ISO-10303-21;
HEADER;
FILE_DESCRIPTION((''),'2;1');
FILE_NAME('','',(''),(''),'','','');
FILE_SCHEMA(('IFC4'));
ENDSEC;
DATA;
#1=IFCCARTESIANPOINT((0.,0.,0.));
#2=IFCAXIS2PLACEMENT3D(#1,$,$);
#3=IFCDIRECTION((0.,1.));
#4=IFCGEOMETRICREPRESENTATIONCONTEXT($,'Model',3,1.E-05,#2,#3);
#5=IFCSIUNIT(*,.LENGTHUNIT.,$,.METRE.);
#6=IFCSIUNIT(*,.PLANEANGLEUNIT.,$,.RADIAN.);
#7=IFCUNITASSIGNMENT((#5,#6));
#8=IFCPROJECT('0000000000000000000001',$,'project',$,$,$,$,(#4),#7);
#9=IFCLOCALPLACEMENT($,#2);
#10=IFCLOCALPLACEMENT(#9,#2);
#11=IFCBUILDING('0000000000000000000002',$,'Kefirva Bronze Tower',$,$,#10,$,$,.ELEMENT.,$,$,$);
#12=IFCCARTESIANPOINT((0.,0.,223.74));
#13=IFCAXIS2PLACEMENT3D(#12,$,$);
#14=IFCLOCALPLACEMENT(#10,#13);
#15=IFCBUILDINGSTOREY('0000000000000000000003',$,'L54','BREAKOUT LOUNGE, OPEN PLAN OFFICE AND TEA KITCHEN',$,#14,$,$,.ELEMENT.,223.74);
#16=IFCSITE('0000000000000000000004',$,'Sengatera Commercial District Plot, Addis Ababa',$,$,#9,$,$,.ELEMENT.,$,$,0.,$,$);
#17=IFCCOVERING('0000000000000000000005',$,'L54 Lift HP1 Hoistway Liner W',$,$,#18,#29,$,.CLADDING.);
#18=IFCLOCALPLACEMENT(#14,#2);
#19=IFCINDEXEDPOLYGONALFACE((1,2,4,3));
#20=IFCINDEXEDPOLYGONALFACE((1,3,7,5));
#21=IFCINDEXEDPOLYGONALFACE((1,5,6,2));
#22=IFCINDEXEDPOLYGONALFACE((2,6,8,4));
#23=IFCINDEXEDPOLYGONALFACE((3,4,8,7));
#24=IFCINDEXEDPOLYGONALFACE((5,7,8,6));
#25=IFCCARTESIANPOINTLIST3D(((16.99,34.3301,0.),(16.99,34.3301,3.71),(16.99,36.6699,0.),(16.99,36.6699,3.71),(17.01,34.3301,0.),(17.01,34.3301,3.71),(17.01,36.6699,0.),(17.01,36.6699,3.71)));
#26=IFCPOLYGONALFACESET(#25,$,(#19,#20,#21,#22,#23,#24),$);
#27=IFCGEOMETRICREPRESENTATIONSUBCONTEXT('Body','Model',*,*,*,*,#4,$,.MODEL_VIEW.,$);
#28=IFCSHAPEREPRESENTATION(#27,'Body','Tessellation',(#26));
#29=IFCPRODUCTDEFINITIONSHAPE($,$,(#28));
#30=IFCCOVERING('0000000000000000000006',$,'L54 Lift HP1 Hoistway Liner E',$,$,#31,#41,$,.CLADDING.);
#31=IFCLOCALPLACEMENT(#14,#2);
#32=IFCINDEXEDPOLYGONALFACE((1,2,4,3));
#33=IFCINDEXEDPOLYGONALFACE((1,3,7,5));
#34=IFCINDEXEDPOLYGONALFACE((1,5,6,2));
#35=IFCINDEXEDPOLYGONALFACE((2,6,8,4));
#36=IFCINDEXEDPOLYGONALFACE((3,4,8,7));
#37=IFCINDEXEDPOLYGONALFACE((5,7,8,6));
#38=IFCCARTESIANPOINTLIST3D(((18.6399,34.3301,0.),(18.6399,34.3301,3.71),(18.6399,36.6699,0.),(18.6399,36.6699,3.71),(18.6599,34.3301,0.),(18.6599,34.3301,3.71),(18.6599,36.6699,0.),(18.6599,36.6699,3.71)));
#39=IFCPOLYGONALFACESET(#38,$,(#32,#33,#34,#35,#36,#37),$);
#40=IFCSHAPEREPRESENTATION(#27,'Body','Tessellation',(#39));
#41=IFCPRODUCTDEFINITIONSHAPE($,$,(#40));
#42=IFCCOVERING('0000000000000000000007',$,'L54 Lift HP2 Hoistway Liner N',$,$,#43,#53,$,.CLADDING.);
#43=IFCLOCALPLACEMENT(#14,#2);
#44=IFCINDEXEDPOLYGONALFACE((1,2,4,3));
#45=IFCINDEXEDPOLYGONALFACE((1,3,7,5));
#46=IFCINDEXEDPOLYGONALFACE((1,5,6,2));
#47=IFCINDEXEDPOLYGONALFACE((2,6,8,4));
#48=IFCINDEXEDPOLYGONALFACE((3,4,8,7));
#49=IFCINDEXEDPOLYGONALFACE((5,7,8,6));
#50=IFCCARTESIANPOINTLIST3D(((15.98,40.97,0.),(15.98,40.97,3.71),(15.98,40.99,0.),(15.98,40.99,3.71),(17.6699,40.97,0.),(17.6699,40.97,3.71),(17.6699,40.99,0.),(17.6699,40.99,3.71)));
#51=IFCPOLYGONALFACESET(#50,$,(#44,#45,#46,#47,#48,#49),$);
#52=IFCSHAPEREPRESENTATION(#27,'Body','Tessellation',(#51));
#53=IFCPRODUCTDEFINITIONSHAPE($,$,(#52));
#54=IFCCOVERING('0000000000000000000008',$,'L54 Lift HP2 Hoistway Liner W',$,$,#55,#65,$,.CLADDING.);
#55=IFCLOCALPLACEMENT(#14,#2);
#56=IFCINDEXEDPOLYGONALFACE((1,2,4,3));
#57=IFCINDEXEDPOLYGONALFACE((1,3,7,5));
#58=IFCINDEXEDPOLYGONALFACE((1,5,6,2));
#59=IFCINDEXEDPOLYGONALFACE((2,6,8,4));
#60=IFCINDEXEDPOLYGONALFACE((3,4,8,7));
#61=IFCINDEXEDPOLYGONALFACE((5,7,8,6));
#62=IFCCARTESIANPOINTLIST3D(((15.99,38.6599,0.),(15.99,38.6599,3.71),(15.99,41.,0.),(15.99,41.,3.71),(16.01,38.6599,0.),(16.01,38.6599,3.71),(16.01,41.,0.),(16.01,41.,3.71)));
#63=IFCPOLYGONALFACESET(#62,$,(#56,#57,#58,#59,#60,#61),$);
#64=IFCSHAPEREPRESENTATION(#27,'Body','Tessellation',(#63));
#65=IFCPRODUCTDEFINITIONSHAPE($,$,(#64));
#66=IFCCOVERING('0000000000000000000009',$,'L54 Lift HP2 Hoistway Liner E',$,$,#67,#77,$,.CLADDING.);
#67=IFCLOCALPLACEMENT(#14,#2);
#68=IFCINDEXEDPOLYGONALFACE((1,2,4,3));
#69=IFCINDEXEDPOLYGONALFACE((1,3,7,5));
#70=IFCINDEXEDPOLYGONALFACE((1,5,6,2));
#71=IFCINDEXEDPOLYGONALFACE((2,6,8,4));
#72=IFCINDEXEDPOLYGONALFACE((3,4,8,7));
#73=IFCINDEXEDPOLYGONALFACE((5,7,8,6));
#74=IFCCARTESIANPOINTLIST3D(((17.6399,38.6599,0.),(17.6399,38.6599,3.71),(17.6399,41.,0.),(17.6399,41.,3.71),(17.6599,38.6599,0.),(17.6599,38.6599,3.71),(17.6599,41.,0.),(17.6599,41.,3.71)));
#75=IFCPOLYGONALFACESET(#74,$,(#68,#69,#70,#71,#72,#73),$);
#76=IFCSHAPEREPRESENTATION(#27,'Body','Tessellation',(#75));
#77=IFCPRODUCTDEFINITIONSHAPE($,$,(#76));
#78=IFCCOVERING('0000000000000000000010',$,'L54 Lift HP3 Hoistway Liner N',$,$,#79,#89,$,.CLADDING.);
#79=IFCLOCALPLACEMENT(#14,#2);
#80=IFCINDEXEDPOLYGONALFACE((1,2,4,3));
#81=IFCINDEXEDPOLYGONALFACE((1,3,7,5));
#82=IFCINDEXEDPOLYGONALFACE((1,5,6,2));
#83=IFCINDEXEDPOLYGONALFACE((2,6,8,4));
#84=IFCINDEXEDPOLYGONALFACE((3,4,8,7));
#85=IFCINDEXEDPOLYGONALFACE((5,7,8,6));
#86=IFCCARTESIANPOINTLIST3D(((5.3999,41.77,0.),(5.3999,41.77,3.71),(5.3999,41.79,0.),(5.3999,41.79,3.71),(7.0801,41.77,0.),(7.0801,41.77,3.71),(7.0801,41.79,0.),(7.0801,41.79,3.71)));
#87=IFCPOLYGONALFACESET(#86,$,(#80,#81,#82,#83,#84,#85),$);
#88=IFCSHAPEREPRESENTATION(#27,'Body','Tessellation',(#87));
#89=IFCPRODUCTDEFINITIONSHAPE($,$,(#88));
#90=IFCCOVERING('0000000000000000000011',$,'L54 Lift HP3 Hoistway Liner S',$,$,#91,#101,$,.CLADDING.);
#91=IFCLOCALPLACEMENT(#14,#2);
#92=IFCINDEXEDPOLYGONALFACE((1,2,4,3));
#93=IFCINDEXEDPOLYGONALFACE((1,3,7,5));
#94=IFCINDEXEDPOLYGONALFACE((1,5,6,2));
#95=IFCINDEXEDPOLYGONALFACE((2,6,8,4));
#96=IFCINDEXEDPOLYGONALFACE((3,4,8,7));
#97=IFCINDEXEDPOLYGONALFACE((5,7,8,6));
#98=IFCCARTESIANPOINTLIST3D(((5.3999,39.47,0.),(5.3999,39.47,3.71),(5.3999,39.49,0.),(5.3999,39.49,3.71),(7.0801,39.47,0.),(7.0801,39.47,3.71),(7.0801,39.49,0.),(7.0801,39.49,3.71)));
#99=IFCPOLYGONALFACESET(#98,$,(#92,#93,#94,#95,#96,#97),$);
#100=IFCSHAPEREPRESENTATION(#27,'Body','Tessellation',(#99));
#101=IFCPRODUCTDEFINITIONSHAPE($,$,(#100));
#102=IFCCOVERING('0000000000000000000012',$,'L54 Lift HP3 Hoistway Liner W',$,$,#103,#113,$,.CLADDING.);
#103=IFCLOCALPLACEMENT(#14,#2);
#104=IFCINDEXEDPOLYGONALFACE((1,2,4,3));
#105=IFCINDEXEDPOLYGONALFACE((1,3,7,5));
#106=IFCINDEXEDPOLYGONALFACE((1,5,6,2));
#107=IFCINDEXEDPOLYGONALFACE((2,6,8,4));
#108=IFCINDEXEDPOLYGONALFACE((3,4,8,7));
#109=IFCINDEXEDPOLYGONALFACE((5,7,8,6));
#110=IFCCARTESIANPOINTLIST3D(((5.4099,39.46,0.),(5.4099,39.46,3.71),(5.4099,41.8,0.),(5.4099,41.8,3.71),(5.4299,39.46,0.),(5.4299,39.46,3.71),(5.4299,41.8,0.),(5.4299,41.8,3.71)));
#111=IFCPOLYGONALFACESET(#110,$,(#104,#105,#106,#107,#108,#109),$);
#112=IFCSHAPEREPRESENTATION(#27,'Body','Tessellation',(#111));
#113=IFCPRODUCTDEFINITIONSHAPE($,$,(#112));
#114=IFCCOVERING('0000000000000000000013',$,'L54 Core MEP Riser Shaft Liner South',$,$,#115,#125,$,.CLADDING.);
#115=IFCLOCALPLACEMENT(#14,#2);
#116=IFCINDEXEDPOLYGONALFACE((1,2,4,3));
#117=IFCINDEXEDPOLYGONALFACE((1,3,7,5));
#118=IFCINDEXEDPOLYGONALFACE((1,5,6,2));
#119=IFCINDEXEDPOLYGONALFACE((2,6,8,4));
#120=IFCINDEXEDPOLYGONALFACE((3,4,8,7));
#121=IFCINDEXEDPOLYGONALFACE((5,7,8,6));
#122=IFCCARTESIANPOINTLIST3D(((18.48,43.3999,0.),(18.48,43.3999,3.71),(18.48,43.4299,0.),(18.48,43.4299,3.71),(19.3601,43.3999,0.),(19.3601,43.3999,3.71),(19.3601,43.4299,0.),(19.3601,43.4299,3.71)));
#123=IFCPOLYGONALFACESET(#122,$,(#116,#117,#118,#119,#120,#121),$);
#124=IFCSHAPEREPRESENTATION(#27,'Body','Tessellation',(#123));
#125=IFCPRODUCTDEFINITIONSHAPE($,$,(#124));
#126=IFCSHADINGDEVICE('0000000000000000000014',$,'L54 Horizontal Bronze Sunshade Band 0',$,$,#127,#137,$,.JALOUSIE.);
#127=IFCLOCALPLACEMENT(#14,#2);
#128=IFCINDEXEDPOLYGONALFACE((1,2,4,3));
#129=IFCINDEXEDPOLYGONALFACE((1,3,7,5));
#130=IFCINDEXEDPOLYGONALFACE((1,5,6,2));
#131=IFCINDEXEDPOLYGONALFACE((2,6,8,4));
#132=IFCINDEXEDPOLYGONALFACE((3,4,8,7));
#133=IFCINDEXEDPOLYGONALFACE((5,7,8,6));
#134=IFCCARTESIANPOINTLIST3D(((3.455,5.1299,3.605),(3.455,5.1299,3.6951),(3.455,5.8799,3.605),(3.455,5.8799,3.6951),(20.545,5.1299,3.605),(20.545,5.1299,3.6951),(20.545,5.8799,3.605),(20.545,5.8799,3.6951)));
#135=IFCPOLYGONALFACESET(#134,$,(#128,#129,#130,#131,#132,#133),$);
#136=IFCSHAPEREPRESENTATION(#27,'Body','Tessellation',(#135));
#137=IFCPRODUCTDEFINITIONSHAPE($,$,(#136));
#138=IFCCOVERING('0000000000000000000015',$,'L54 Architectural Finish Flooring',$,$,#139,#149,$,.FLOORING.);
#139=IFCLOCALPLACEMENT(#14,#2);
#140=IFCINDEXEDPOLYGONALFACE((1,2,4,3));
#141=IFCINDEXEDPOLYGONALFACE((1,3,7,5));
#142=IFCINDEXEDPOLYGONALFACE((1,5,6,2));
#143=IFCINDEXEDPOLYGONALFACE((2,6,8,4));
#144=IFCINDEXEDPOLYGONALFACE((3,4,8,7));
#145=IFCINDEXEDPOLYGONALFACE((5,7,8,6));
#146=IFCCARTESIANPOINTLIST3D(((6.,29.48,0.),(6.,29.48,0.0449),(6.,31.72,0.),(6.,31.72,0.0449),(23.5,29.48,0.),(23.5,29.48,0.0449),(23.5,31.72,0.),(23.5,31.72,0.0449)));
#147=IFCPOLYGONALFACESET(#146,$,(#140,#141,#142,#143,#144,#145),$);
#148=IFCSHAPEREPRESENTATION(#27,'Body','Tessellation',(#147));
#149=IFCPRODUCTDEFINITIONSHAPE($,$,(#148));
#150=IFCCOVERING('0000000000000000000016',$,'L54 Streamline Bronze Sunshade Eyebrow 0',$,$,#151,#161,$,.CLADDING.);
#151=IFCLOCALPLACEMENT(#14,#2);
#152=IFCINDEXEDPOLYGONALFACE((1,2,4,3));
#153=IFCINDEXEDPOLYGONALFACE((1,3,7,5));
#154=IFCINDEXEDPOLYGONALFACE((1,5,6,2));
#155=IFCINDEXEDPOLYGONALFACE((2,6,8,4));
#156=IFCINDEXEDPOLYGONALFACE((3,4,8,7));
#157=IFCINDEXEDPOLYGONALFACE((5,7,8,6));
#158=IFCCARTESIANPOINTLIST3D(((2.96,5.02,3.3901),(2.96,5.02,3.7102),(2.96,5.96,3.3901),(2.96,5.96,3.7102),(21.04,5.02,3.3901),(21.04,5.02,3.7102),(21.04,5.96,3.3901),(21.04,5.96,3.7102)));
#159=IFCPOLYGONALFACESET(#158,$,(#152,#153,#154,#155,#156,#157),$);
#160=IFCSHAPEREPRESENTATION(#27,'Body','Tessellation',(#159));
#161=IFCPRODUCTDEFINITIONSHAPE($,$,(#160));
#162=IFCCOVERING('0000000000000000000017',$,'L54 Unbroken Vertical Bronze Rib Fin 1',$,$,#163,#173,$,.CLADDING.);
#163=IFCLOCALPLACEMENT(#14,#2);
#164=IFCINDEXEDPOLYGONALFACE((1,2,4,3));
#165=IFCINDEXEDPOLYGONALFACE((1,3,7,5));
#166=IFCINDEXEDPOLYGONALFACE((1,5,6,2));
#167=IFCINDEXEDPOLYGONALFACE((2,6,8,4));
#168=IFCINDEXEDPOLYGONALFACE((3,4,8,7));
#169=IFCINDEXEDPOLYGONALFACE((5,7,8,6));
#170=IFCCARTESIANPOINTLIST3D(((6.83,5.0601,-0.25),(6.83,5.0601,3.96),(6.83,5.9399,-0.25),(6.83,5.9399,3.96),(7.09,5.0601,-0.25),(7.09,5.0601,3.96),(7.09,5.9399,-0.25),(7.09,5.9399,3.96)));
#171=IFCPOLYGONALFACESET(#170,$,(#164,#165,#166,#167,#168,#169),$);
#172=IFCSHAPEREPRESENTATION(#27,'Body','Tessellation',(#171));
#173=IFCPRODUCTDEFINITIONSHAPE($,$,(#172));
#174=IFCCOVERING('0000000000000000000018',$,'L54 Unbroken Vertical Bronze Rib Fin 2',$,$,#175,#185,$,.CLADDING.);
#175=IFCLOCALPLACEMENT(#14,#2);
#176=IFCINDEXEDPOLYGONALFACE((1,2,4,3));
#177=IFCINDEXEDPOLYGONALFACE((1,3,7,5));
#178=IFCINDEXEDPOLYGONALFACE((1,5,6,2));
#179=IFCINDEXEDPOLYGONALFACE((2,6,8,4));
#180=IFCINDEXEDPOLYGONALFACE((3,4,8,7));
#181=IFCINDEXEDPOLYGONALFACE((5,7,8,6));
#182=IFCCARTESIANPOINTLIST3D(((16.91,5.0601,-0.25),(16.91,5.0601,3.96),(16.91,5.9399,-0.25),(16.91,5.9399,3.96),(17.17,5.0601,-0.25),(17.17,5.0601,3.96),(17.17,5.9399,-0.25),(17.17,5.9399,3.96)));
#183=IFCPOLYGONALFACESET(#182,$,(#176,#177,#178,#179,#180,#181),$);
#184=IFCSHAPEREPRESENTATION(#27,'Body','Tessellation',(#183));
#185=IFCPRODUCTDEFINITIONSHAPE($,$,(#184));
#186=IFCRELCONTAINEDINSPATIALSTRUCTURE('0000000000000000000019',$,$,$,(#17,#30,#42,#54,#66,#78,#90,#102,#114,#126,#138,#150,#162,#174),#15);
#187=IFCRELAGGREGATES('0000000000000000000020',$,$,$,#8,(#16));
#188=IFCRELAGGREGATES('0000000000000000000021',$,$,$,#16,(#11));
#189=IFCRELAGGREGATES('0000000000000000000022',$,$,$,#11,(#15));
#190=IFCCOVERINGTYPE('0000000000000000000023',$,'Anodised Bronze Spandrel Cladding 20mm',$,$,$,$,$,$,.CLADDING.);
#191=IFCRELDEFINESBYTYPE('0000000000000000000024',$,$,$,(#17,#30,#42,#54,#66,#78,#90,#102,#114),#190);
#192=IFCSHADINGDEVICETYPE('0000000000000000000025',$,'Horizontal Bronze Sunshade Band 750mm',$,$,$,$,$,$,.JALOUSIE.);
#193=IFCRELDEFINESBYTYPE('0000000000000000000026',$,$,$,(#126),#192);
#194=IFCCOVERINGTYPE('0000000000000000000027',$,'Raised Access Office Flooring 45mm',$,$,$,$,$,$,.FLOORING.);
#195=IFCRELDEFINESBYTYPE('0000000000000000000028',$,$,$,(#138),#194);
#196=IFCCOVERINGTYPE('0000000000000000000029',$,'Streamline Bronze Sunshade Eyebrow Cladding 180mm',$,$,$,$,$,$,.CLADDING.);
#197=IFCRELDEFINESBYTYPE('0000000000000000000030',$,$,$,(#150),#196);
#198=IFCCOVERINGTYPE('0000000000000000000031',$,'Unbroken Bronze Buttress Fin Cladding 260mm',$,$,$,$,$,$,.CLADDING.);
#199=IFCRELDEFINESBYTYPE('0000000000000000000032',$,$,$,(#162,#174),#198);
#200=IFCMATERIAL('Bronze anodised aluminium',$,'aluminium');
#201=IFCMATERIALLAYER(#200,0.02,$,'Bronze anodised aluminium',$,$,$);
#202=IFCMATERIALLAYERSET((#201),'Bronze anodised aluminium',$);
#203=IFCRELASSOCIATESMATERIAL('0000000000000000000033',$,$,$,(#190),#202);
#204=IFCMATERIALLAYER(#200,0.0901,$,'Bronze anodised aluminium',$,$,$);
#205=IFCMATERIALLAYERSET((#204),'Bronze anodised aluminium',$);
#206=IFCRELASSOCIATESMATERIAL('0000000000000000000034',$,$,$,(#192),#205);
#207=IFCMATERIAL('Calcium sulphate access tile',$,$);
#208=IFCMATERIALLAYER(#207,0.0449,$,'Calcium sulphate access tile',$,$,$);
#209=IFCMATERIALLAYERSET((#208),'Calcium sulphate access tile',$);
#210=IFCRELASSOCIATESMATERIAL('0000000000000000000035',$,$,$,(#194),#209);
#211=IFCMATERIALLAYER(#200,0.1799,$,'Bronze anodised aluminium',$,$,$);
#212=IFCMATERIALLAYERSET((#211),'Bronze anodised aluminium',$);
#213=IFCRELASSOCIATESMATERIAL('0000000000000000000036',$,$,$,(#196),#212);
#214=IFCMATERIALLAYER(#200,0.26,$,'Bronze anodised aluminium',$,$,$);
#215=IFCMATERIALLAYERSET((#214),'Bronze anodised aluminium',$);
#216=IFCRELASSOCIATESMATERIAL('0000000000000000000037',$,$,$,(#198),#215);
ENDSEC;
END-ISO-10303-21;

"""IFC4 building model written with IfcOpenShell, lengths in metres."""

from ifc_helpers import new_model, si_unit, direction, frame, origin, origin_2d, place, context, subcontext, project, spatial, polyline, rectangle, outline, extrude, material, layer, layer_set, type_object, element, save


model = new_model("IFC4")

# Units and contexts
model_context = context("Model", 3, precision=1e-05, world=origin(), true_north=direction((0.0, 1.0)))
body_context = subcontext(model_context, "Body", "Model", "MODEL_VIEW")
ifc_project = project(units=[si_unit("LENGTHUNIT", "METRE"), si_unit("PLANEANGLEUNIT", "RADIAN")], contexts=[model_context])

# Site, building, storey
site_placement = place(None, origin())
site = spatial("IfcSite", under=ifc_project, at=site_placement, Name="Sengatera Commercial District Plot, Addis Ababa", CompositionType="ELEMENT", RefElevation=0.0)
building_placement = place(site_placement, origin())
building = spatial("IfcBuilding", under=site, at=building_placement, Name="Kefirva Bronze Tower", CompositionType="ELEMENT")
storey_placement = place(building_placement, frame((0.0, 0.0, 223.74)))
storey = spatial("IfcBuildingStorey", under=building, at=storey_placement, Name="L54", Description="BREAKOUT LOUNGE, OPEN PLAN OFFICE AND TEA KITCHEN", CompositionType="ELEMENT", Elevation=223.74)

# Coverings
ifc_material_1 = material(Name="Bronze anodised aluminium", Category="aluminium")
ifc_layer_1 = layer(ifc_material_1, 0.02, Name="Bronze anodised aluminium")
ifc_layer_set_1 = layer_set([ifc_layer_1], Name="Bronze anodised aluminium")
covering_type_1 = type_object("IfcCoveringType", Name="Anodised Bronze Spandrel Cladding 20mm", PredefinedType="CLADDING", material=ifc_layer_set_1)
covering_1_placement = place(storey_placement, origin())
element("IfcCovering", 1, at=covering_1_placement, inside=storey, type_object=covering_type_1, Name="L54 Lift HP1 Hoistway Liner W", PredefinedType="CLADDING", context=body_context, shape_type="SweptSolid", body=[
    extrude(outline(polyline([(16.99, 34.3301), (17.01, 34.3301), (17.01, 36.6699), (16.99, 36.6699), (16.99, 34.3301)])), origin(), (0.0, 0.0, 1.0), 3.71),
])
covering_2_placement = place(storey_placement, origin())
element("IfcCovering", 2, at=covering_2_placement, inside=storey, type_object=covering_type_1, Name="L54 Lift HP1 Hoistway Liner E", PredefinedType="CLADDING", context=body_context, shape_type="SweptSolid", body=[
    extrude(outline(polyline([(18.6399, 34.3301), (18.6599, 34.3301), (18.6599, 36.6699), (18.6399, 36.6699), (18.6399, 34.3301)])), origin(), (0.0, 0.0, 1.0), 3.71),
])
covering_3_placement = place(storey_placement, origin())
element("IfcCovering", 3, at=covering_3_placement, inside=storey, type_object=covering_type_1, Name="L54 Lift HP2 Hoistway Liner N", PredefinedType="CLADDING", context=body_context, shape_type="SweptSolid", body=[
    extrude(outline(polyline([(15.98, 40.97), (17.6699, 40.97), (17.6699, 40.99), (15.98, 40.99), (15.98, 40.97)])), origin(), (0.0, 0.0, 1.0), 3.71),
])
covering_4_placement = place(storey_placement, origin())
element("IfcCovering", 4, at=covering_4_placement, inside=storey, type_object=covering_type_1, Name="L54 Lift HP2 Hoistway Liner W", PredefinedType="CLADDING", context=body_context, shape_type="SweptSolid", body=[
    extrude(outline(polyline([(15.99, 38.6599), (16.01, 38.6599), (16.01, 41.0), (15.99, 41.0), (15.99, 38.6599)])), origin(), (0.0, 0.0, 1.0), 3.71),
])
covering_5_placement = place(storey_placement, origin())
element("IfcCovering", 5, at=covering_5_placement, inside=storey, type_object=covering_type_1, Name="L54 Lift HP2 Hoistway Liner E", PredefinedType="CLADDING", context=body_context, shape_type="SweptSolid", body=[
    extrude(outline(polyline([(17.6399, 38.6599), (17.6599, 38.6599), (17.6599, 41.0), (17.6399, 41.0), (17.6399, 38.6599)])), origin(), (0.0, 0.0, 1.0), 3.71),
])
covering_6_placement = place(storey_placement, origin())
element("IfcCovering", 6, at=covering_6_placement, inside=storey, type_object=covering_type_1, Name="L54 Lift HP3 Hoistway Liner N", PredefinedType="CLADDING", context=body_context, shape_type="SweptSolid", body=[
    extrude(outline(polyline([(5.3999, 41.77), (7.0801, 41.77), (7.0801, 41.79), (5.3999, 41.79), (5.3999, 41.77)])), origin(), (0.0, 0.0, 1.0), 3.71),
])
covering_7_placement = place(storey_placement, origin())
element("IfcCovering", 7, at=covering_7_placement, inside=storey, type_object=covering_type_1, Name="L54 Lift HP3 Hoistway Liner S", PredefinedType="CLADDING", context=body_context, shape_type="SweptSolid", body=[
    extrude(outline(polyline([(5.3999, 39.47), (7.0801, 39.47), (7.0801, 39.49), (5.3999, 39.49), (5.3999, 39.47)])), origin(), (0.0, 0.0, 1.0), 3.71),
])
covering_8_placement = place(storey_placement, origin())
element("IfcCovering", 8, at=covering_8_placement, inside=storey, type_object=covering_type_1, Name="L54 Lift HP3 Hoistway Liner W", PredefinedType="CLADDING", context=body_context, shape_type="SweptSolid", body=[
    extrude(outline(polyline([(5.4099, 39.46), (5.4299, 39.46), (5.4299, 41.8), (5.4099, 41.8), (5.4099, 39.46)])), origin(), (0.0, 0.0, 1.0), 3.71),
])
covering_9_placement = place(storey_placement, origin())
element("IfcCovering", 9, at=covering_9_placement, inside=storey, type_object=covering_type_1, Name="L54 Core MEP Riser Shaft Liner South", PredefinedType="CLADDING", context=body_context, shape_type="SweptSolid", body=[
    extrude(outline(polyline([(18.48, 43.3999), (19.3601, 43.3999), (19.3601, 43.4299), (18.48, 43.4299), (18.48, 43.3999)])), origin(), (0.0, 0.0, 1.0), 3.71),
])

# Shading device
ifc_layer_2 = layer(ifc_material_1, 0.0901, Name="Bronze anodised aluminium")
ifc_layer_set_2 = layer_set([ifc_layer_2], Name="Bronze anodised aluminium")
shading_device_type = type_object("IfcShadingDeviceType", Name="Horizontal Bronze Sunshade Band 750mm", PredefinedType="JALOUSIE", material=ifc_layer_set_2)
shading_device_placement = place(storey_placement, frame((12.0, 5.5049, 3.605), z_axis=(0.0, 0.0, 1.0), x_axis=(1.0, 0.0, 0.0)))
element("IfcShadingDevice", 10, at=shading_device_placement, inside=storey, type_object=shading_device_type, Name="L54 Horizontal Bronze Sunshade Band 0", PredefinedType="JALOUSIE", context=body_context, shape_type="SweptSolid", body=[
    extrude(rectangle(XDim=17.0901, YDim=0.75, at=origin_2d()), origin(), (0.0, 0.0, 1.0), 0.0901),
])

# Coverings
ifc_material_2 = material(Name="Calcium sulphate access tile")
ifc_layer_3 = layer(ifc_material_2, 0.0449, Name="Calcium sulphate access tile")
ifc_layer_set_3 = layer_set([ifc_layer_3], Name="Calcium sulphate access tile")
covering_type_2 = type_object("IfcCoveringType", Name="Raised Access Office Flooring 45mm", PredefinedType="FLOORING", material=ifc_layer_set_3)
covering_10_placement = place(storey_placement, origin())
element("IfcCovering", 11, at=covering_10_placement, inside=storey, type_object=covering_type_2, Name="L54 Architectural Finish Flooring", PredefinedType="FLOORING", context=body_context, shape_type="SweptSolid", body=[
    extrude(outline(polyline([(6.0, 29.48), (23.5, 29.48), (23.5, 31.72), (6.0, 31.72), (6.0, 29.48)])), origin(), (0.0, 0.0, 1.0), 0.0449),
])
ifc_layer_4 = layer(ifc_material_1, 0.1799, Name="Bronze anodised aluminium")
ifc_layer_set_4 = layer_set([ifc_layer_4], Name="Bronze anodised aluminium")
covering_type_3 = type_object("IfcCoveringType", Name="Streamline Bronze Sunshade Eyebrow Cladding 180mm", PredefinedType="CLADDING", material=ifc_layer_set_4)
covering_11_placement = place(storey_placement, frame((12.0, 5.49, 3.3901), z_axis=(0.0, 0.0, 1.0), x_axis=(1.0, 0.0, 0.0)))
element("IfcCovering", 12, at=covering_11_placement, inside=storey, type_object=covering_type_3, Name="L54 Streamline Bronze Sunshade Eyebrow 0", PredefinedType="CLADDING", context=body_context, shape_type="SweptSolid", body=[
    extrude(rectangle(XDim=18.0801, YDim=0.9399, at=origin_2d()), origin(), (0.0, 0.0, 1.0), 0.3201),
])
ifc_layer_5 = layer(ifc_material_1, 0.26, Name="Bronze anodised aluminium")
ifc_layer_set_5 = layer_set([ifc_layer_5], Name="Bronze anodised aluminium")
covering_type_4 = type_object("IfcCoveringType", Name="Unbroken Bronze Buttress Fin Cladding 260mm", PredefinedType="CLADDING", material=ifc_layer_set_5)
for number, where, z_axis, x_axis, name in (
    (13, (6.96, 5.5, -0.25), (0.0, 0.0, 1.0), (1.0, 0.0, 0.0), "L54 Unbroken Vertical Bronze Rib Fin 1"),
    (14, (17.04, 5.5, -0.25), (0.0, 0.0, 1.0), (1.0, 0.0, 0.0), "L54 Unbroken Vertical Bronze Rib Fin 2"),
):
    element("IfcCovering", number, at=place(storey_placement, frame(where, z_axis=z_axis, x_axis=x_axis)), inside=storey, type_object=covering_type_4, Name=name, PredefinedType="CLADDING", context=body_context, shape_type="SweptSolid", body=[
        extrude(rectangle(XDim=0.26, YDim=0.8799, at=origin_2d()), origin(), (0.0, 0.0, 1.0), 4.21),
    ])

save(model, "model.ifc")
